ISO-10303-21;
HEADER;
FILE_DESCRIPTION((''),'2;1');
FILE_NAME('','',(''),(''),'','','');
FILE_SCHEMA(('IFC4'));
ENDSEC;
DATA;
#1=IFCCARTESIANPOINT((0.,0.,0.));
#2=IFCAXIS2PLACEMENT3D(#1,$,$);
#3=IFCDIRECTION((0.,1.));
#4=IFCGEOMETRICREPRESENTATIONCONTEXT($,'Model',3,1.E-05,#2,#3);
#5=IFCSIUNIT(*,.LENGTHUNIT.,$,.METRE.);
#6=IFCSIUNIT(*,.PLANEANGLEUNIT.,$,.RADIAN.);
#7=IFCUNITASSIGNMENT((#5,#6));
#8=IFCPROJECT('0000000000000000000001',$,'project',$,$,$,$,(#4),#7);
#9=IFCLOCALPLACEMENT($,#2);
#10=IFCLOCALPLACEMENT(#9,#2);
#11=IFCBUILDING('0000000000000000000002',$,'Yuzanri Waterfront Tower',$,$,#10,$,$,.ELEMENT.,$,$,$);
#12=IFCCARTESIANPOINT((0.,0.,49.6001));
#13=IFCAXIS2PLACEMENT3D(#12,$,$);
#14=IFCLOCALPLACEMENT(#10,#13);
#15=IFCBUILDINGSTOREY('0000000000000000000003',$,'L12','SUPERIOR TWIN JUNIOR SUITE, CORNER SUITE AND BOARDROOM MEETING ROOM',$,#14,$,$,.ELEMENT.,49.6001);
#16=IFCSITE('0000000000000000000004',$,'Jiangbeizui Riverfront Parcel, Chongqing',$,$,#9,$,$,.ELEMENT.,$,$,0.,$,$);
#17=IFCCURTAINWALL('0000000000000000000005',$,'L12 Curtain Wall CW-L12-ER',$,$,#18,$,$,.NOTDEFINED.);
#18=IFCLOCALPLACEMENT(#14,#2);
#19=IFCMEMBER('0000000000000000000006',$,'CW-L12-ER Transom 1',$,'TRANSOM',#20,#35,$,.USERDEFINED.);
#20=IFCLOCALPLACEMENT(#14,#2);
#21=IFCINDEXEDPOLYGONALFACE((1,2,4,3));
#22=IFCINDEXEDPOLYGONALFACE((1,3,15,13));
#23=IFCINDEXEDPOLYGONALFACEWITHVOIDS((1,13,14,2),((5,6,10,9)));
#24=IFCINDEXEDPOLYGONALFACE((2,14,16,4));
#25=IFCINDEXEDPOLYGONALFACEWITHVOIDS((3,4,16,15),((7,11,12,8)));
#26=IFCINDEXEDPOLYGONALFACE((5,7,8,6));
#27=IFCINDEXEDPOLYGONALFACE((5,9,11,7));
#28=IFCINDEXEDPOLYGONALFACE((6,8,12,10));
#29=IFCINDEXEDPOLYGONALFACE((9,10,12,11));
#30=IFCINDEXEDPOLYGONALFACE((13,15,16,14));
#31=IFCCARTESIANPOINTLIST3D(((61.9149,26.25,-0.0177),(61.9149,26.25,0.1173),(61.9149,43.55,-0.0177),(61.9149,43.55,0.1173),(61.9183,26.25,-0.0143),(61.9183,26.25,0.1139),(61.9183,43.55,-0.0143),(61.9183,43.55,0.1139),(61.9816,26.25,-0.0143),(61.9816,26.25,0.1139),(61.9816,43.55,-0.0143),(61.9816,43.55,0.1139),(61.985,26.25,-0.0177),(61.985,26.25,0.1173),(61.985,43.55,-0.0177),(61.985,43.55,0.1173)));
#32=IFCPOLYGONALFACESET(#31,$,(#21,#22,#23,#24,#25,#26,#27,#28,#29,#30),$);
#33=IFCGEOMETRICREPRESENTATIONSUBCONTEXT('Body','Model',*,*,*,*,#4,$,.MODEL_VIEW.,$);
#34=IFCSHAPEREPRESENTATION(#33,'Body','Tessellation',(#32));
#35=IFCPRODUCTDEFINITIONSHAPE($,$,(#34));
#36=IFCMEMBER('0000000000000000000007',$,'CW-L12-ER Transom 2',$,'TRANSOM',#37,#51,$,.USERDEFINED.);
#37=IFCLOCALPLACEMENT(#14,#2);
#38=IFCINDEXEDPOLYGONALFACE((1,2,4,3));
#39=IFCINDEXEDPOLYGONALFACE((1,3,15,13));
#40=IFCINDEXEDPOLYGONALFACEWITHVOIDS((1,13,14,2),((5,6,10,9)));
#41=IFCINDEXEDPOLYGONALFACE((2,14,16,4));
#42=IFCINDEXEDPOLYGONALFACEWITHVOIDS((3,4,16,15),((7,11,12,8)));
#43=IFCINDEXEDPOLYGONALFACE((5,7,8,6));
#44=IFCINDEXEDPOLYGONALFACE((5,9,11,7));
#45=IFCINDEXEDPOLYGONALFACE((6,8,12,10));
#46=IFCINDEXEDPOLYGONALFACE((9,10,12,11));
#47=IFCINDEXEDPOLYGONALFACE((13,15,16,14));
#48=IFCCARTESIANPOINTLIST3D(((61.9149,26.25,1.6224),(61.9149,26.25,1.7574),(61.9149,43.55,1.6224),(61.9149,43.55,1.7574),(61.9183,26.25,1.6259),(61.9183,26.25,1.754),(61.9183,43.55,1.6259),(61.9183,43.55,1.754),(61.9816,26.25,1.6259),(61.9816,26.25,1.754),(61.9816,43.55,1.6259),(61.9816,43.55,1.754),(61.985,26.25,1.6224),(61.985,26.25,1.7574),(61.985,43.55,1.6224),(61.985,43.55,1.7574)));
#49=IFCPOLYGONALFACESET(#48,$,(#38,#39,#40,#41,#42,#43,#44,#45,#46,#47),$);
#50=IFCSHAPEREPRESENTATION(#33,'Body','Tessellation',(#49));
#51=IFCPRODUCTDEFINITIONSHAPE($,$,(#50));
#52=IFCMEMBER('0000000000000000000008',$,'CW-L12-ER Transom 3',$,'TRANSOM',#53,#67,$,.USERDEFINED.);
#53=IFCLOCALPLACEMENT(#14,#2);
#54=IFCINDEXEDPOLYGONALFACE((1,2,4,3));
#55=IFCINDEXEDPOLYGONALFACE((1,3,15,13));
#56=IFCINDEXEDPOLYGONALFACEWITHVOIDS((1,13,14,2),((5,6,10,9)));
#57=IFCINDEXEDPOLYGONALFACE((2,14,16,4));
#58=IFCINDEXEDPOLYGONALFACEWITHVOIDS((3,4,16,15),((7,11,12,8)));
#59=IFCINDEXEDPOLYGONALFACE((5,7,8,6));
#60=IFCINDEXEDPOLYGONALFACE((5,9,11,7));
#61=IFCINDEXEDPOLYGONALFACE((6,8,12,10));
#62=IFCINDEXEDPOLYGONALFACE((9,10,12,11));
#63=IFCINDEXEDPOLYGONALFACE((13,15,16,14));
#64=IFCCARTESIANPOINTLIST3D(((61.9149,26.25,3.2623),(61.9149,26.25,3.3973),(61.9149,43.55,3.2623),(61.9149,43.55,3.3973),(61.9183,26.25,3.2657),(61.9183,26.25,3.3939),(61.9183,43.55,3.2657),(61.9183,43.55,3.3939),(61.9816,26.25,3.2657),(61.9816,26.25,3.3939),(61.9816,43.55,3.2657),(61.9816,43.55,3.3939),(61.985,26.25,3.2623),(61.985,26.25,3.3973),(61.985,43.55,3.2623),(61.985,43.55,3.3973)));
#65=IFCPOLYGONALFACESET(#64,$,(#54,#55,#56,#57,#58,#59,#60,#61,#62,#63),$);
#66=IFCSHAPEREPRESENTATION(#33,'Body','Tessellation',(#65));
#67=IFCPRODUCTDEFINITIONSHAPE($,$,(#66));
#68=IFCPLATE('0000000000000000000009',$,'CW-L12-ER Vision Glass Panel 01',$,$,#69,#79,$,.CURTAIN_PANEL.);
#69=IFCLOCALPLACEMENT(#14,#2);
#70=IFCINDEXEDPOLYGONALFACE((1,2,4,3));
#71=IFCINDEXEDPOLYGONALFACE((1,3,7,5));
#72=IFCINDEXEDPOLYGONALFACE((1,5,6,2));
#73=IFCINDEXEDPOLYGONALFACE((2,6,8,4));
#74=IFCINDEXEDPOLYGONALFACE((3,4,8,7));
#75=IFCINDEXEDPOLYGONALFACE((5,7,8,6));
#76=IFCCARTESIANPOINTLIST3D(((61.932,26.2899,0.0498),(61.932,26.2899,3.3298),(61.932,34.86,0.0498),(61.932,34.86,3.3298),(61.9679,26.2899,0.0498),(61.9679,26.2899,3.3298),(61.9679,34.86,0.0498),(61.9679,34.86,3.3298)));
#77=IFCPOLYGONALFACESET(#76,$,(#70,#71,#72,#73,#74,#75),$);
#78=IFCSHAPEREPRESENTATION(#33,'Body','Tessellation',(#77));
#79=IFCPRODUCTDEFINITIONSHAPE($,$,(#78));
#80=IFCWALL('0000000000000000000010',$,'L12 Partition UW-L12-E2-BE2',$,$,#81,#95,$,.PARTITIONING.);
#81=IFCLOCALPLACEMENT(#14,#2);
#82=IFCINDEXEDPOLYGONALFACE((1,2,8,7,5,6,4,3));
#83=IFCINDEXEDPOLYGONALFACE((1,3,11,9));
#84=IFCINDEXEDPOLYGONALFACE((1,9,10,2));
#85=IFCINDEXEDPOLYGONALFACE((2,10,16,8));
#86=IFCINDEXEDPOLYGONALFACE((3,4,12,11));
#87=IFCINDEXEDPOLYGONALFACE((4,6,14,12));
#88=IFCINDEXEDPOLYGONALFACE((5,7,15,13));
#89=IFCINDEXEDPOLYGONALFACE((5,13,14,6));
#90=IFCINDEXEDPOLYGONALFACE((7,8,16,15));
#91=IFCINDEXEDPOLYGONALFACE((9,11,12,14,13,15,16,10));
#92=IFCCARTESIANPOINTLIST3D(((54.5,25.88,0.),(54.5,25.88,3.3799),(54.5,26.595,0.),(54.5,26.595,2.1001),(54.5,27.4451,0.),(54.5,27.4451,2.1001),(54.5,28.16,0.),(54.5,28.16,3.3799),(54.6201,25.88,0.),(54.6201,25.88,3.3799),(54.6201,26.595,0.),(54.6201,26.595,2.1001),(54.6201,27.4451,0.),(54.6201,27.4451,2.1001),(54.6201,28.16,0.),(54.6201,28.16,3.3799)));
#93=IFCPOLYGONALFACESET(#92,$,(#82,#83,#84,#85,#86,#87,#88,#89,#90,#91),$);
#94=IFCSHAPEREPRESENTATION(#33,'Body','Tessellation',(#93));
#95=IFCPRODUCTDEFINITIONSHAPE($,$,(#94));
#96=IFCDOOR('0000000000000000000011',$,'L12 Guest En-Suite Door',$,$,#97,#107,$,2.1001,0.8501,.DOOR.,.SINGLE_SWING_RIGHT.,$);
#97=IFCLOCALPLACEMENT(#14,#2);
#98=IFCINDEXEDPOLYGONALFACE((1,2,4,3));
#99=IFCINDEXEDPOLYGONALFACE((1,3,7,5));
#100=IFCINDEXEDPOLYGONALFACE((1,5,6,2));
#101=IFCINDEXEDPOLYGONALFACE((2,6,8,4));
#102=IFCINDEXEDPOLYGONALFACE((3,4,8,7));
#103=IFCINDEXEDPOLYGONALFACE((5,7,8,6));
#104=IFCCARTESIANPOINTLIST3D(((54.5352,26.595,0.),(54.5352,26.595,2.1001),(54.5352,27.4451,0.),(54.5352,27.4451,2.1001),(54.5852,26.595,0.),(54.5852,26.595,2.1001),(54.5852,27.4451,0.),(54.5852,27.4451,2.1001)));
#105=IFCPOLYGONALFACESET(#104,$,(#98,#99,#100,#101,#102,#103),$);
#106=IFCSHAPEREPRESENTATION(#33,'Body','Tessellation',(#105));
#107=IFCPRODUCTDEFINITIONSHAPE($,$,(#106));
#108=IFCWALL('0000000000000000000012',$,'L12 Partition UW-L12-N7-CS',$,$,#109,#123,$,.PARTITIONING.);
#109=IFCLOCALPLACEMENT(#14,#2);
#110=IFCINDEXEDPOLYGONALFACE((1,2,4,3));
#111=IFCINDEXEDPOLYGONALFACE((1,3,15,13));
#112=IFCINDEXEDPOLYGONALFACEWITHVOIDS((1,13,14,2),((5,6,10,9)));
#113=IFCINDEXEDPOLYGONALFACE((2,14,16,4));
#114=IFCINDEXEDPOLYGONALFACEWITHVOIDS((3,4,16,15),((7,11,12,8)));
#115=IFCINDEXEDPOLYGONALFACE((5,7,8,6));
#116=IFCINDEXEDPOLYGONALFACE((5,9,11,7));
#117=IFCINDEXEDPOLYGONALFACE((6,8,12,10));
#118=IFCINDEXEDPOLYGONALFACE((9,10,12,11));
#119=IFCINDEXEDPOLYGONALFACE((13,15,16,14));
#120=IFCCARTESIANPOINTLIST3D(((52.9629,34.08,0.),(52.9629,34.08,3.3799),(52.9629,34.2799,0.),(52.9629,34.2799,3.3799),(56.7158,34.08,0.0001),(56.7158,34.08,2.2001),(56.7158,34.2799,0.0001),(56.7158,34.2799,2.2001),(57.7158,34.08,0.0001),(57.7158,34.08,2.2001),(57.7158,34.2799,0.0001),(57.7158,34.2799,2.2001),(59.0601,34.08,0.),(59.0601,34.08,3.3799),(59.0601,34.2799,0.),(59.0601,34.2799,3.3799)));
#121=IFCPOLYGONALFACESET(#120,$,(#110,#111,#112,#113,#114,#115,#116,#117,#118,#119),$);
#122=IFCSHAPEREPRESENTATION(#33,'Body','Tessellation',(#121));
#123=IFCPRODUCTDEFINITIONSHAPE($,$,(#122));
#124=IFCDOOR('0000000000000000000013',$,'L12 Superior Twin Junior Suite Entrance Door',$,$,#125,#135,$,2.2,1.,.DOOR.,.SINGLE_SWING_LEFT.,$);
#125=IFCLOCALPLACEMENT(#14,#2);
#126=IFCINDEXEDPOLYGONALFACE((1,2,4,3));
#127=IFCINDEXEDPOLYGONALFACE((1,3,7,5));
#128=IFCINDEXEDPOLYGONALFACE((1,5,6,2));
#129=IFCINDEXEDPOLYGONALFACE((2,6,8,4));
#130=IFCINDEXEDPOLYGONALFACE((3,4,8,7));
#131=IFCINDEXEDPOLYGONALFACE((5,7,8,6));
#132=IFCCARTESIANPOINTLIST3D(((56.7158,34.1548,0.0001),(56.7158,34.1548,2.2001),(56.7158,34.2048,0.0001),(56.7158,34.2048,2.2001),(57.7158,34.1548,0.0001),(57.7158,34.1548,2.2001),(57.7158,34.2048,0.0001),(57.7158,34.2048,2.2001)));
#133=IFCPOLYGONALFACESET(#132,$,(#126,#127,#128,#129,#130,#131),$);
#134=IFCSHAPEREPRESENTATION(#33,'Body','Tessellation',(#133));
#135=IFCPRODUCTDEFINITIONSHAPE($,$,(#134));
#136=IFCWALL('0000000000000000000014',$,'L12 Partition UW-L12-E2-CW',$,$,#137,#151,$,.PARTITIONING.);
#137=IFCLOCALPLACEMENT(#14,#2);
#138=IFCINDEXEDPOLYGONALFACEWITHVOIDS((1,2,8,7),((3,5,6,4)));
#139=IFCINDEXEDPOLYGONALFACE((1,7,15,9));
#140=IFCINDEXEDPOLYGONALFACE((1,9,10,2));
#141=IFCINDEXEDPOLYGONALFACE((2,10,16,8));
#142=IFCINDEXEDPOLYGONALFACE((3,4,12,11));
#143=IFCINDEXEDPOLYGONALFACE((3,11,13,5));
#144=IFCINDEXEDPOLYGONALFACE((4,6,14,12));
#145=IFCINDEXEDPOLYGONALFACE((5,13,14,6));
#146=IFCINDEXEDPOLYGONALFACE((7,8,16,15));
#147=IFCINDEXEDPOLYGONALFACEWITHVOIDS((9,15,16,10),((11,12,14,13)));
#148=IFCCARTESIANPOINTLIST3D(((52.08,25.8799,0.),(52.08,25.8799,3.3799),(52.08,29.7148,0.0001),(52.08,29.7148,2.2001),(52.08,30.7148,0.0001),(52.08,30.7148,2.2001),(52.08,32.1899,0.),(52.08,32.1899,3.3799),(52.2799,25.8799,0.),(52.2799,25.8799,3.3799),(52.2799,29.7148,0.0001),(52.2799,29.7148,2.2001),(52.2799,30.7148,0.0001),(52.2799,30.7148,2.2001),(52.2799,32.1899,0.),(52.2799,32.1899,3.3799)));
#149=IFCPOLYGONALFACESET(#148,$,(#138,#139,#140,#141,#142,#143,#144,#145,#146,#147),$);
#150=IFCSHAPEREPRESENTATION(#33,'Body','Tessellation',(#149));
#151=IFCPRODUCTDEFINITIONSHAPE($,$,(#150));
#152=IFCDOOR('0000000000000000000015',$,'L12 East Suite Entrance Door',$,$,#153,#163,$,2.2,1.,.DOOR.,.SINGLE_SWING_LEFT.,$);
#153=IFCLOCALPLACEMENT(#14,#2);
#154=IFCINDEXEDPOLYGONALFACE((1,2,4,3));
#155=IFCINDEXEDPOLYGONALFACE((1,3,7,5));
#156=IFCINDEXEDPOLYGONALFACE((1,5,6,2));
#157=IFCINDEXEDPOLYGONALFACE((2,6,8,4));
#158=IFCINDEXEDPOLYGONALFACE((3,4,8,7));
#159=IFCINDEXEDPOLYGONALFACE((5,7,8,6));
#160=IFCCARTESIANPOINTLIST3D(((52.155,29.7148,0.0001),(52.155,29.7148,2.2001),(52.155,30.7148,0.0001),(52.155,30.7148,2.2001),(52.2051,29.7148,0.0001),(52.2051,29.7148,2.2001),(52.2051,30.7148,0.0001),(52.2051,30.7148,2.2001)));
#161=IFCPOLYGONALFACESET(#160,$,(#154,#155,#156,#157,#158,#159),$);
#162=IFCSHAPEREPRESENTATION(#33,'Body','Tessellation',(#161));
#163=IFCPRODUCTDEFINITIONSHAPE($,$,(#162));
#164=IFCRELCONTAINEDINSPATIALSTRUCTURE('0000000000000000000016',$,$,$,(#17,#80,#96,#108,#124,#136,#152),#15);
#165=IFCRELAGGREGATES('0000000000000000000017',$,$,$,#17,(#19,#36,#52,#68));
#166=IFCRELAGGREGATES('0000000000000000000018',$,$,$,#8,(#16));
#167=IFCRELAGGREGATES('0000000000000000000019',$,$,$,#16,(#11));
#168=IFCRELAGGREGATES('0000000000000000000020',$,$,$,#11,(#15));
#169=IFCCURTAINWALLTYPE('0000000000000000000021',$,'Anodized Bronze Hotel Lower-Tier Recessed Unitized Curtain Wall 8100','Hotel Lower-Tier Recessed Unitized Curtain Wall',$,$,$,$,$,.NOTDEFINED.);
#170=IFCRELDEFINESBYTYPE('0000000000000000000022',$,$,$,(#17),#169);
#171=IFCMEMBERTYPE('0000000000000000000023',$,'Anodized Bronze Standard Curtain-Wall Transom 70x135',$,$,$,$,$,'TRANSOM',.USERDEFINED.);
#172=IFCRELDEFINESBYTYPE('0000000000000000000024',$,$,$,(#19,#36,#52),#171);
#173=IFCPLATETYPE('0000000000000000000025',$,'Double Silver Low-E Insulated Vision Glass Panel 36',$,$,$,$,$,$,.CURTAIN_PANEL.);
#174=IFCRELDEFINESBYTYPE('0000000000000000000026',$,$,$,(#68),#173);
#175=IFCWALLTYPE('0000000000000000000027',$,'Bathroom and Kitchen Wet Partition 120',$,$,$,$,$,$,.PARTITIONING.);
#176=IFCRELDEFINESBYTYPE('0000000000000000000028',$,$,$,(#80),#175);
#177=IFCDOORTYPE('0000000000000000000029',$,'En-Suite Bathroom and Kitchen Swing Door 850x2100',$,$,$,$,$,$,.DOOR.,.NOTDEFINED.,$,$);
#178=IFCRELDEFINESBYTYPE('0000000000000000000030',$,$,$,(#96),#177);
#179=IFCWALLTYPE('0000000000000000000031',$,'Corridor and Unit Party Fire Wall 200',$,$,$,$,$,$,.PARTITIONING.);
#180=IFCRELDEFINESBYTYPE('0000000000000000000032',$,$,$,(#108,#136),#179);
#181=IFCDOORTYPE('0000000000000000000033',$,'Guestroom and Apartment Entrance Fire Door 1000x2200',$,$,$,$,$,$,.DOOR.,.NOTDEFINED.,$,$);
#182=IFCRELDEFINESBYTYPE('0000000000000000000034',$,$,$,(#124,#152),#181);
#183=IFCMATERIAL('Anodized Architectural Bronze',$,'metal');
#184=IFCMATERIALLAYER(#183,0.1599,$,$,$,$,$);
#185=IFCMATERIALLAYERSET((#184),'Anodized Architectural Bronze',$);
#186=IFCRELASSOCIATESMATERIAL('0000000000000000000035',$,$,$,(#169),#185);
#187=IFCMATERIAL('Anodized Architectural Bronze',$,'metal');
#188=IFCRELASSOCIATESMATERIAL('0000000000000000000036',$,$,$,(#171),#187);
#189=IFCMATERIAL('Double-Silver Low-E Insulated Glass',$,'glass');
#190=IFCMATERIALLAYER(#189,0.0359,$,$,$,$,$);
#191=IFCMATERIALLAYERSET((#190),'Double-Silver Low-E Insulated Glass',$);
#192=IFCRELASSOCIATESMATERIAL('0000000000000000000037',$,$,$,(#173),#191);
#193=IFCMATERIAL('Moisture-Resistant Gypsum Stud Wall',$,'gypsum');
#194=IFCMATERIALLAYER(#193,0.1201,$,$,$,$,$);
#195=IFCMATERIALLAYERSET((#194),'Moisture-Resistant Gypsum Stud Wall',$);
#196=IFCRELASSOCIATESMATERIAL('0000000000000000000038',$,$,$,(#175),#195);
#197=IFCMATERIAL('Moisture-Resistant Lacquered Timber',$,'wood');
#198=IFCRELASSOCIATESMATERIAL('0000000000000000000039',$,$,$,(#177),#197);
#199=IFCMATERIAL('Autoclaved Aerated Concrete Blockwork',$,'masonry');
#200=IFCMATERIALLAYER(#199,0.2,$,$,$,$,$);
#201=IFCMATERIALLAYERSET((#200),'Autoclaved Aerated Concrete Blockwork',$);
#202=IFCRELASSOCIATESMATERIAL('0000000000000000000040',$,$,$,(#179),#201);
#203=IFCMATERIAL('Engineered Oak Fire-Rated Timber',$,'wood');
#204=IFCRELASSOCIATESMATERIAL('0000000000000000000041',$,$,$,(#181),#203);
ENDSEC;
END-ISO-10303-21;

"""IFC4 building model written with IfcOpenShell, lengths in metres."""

from ifc_helpers import new_model, si_unit, direction, frame, frame_2d, origin, origin_2d, place, context, subcontext, project, spatial, rectangle, hollow_rectangle, extrude, source, transform, mapped, material, layer, layer_set, material_profile, profile_set, type_object, element, fill, aggregate, save


model = new_model("IFC4")

# Units and contexts
model_context = context("Model", 3, precision=1e-05, world=origin(), true_north=direction((0.0, 1.0)))
body_context = subcontext(model_context, "Body", "Model", "MODEL_VIEW")
ifc_project = project(units=[si_unit("LENGTHUNIT", "METRE"), si_unit("PLANEANGLEUNIT", "RADIAN")], contexts=[model_context])

# Site, building, storey
site_placement = place(None, origin())
site = spatial("IfcSite", under=ifc_project, at=site_placement, Name="Jiangbeizui Riverfront Parcel, Chongqing", CompositionType="ELEMENT", RefElevation=0.0)
building_placement = place(site_placement, origin())
building = spatial("IfcBuilding", under=site, at=building_placement, Name="Yuzanri Waterfront Tower", CompositionType="ELEMENT")
storey_placement = place(building_placement, frame((0.0, 0.0, 49.6001)))
storey = spatial("IfcBuildingStorey", under=building, at=storey_placement, Name="L12", Description="SUPERIOR TWIN JUNIOR SUITE, CORNER SUITE AND BOARDROOM MEETING ROOM", CompositionType="ELEMENT", Elevation=49.6001)

# Curtain wall, members, plate
ifc_material_1 = material(Name="Anodized Architectural Bronze", Category="metal")
ifc_layer_1 = layer(ifc_material_1, 0.1599)
ifc_layer_set_1 = layer_set([ifc_layer_1], Name="Anodized Architectural Bronze")
curtain_wall_type = type_object("IfcCurtainWallType", Name="Anodized Bronze Hotel Lower-Tier Recessed Unitized Curtain Wall 8100", Description="Hotel Lower-Tier Recessed Unitized Curtain Wall", PredefinedType="NOTDEFINED", material=ifc_layer_set_1)
curtain_wall_placement = place(storey_placement, origin())
curtain_wall = element("IfcCurtainWall", 1, at=curtain_wall_placement, inside=storey, type_object=curtain_wall_type, Name="L12 Curtain Wall CW-L12-ER", PredefinedType="NOTDEFINED")
ifc_material_2 = material(Name="Anodized Architectural Bronze", Category="metal")
ifc_material_profile_1 = material_profile(ifc_material_2, hollow_rectangle(XDim=0.0701, YDim=0.135, WallThickness=0.0034, at=origin_2d()), Name="CWT 70x135")
ifc_profile_set_1 = profile_set([ifc_material_profile_1], Name="Anodized Architectural Bronze")
member_type_1 = type_object("IfcMemberType", Name="Anodized Bronze Standard Curtain-Wall Transom 70x135", ElementType="TRANSOM", PredefinedType="USERDEFINED", material=ifc_profile_set_1)
shared_shape_1 = source(origin(), body_context, "Body", "SweptSolid", [
    extrude(hollow_rectangle(XDim=0.0701, YDim=0.135, WallThickness=0.0034, at=origin_2d()), origin(), (0.0, 0.0, 1.0), 17.3),
])
member_1_placement = place(storey_placement, frame((61.95, 26.25, 0.0498), z_axis=(0.0, 1.0, 0.0), x_axis=(-1.0, 0.0, 0.0)))
member_1 = element("IfcMember", 2, at=member_1_placement, type_object=member_type_1, Name="CW-L12-ER Transom 1", ObjectType="TRANSOM", PredefinedType="USERDEFINED", context=body_context, shape_type="MappedRepresentation", body=[
    mapped(shared_shape_1, transform((0.0, 0.0, 0.0), scale=1.0)),
])
member_2_placement = place(storey_placement, frame((61.95, 26.25, 1.6899), z_axis=(0.0, 1.0, 0.0), x_axis=(-1.0, 0.0, 0.0)))
member_2 = element("IfcMember", 3, at=member_2_placement, type_object=member_type_1, Name="CW-L12-ER Transom 2", ObjectType="TRANSOM", PredefinedType="USERDEFINED", context=body_context, shape_type="MappedRepresentation", body=[
    mapped(shared_shape_1, transform((0.0, 0.0, 0.0), scale=1.0)),
])
member_3_placement = place(storey_placement, frame((61.95, 26.25, 3.3298), z_axis=(0.0, 1.0, 0.0), x_axis=(-1.0, 0.0, 0.0)))
member_3 = element("IfcMember", 4, at=member_3_placement, type_object=member_type_1, Name="CW-L12-ER Transom 3", ObjectType="TRANSOM", PredefinedType="USERDEFINED", context=body_context, shape_type="MappedRepresentation", body=[
    mapped(shared_shape_1, transform((0.0, 0.0, 0.0), scale=1.0)),
])
ifc_material_3 = material(Name="Double-Silver Low-E Insulated Glass", Category="glass")
ifc_layer_2 = layer(ifc_material_3, 0.0359)
ifc_layer_set_2 = layer_set([ifc_layer_2], Name="Double-Silver Low-E Insulated Glass")
plate_type = type_object("IfcPlateType", Name="Double Silver Low-E Insulated Vision Glass Panel 36", PredefinedType="CURTAIN_PANEL", material=ifc_layer_set_2)
shared_shape_2 = source(origin(), body_context, "Body", "SweptSolid", [
    extrude(rectangle(XDim=8.5701, YDim=0.0359, at=origin_2d()), origin(), (0.0, 0.0, 1.0), 3.28),
])
plate_placement = place(storey_placement, frame((61.95, 30.575, 0.0498), z_axis=(0.0, 0.0, 1.0), x_axis=(0.0, 1.0, 0.0)))
plate = element("IfcPlate", 5, at=plate_placement, type_object=plate_type, Name="CW-L12-ER Vision Glass Panel 01", PredefinedType="CURTAIN_PANEL", context=body_context, shape_type="MappedRepresentation", body=[
    mapped(shared_shape_2, transform((0.0, 0.0, 0.0), scale=1.0)),
])
aggregate(curtain_wall, [member_1, member_2, member_3, plate])

# Walls, openings, doors
ifc_material_4 = material(Name="Moisture-Resistant Gypsum Stud Wall", Category="gypsum")
ifc_layer_3 = layer(ifc_material_4, 0.1201)
ifc_layer_set_3 = layer_set([ifc_layer_3], Name="Moisture-Resistant Gypsum Stud Wall")
wall_type_1 = type_object("IfcWallType", Name="Bathroom and Kitchen Wet Partition 120", PredefinedType="PARTITIONING", material=ifc_layer_set_3)
wall_1_placement = place(storey_placement, frame((54.5601, 25.8799, 0.0), z_axis=(0.0, 0.0, 1.0), x_axis=(0.0, 1.0, 0.0)))
wall_1 = element("IfcWall", 6, at=wall_1_placement, inside=storey, type_object=wall_type_1, Name="L12 Partition UW-L12-E2-BE2", PredefinedType="PARTITIONING", context=body_context, shape_type="SweptSolid", body=[
    extrude(rectangle(XDim=2.28, YDim=0.1201, at=frame_2d((1.1401, 0.0))), origin(), (0.0, 0.0, 1.0), 3.3799),
])
opening_1_placement = place(wall_1_placement, frame((0.7151, 0.0, 0.0)))
opening_1 = element("IfcOpeningElement", 7, at=opening_1_placement, cuts=wall_1, PredefinedType="OPENING", context=body_context, shape_type="SweptSolid", body=[
    extrude(rectangle(XDim=0.8501, YDim=2.1001, at=frame_2d((0.425, 1.05))), frame((0.0, 0.075, 0.0), z_axis=(0.0, -1.0, 0.0), x_axis=(1.0, 0.0, 0.0)), (0.0, 0.0, 1.0), 0.1499),
])
ifc_material_5 = material(Name="Moisture-Resistant Lacquered Timber", Category="wood")
door_type_1 = type_object("IfcDoorType", Name="En-Suite Bathroom and Kitchen Swing Door 850x2100", OperationType="NOTDEFINED", PredefinedType="DOOR", material=ifc_material_5)
shared_shape_3 = source(origin(), body_context, "Body", "SweptSolid", [
    extrude(rectangle(XDim=0.8501, YDim=2.1001, at=frame_2d((0.425, 1.05))), frame((0.0, 0.0249, 0.0), z_axis=(0.0, -1.0, 0.0), x_axis=(1.0, 0.0, 0.0)), (0.0, 0.0, 1.0), 0.05),
])
door_1_placement = place(opening_1_placement, origin())
door_1 = element("IfcDoor", 8, at=door_1_placement, inside=storey, type_object=door_type_1, Name="L12 Guest En-Suite Door", OperationType="SINGLE_SWING_RIGHT", OverallHeight=2.1001, OverallWidth=0.8501, PredefinedType="DOOR", context=body_context, shape_type="MappedRepresentation", body=[
    mapped(shared_shape_3, transform((0.0, 0.0, 0.0), scale=1.0)),
])
fill(opening_1, door_1)
ifc_material_6 = material(Name="Autoclaved Aerated Concrete Blockwork", Category="masonry")
ifc_layer_4 = layer(ifc_material_6, 0.2)
ifc_layer_set_4 = layer_set([ifc_layer_4], Name="Autoclaved Aerated Concrete Blockwork")
wall_type_2 = type_object("IfcWallType", Name="Corridor and Unit Party Fire Wall 200", PredefinedType="PARTITIONING", material=ifc_layer_set_4)
wall_2_placement = place(storey_placement, frame((52.9629, 34.1799, 0.0), z_axis=(0.0, 0.0, 1.0), x_axis=(1.0, 0.0, 0.0)))
wall_2 = element("IfcWall", 9, at=wall_2_placement, inside=storey, type_object=wall_type_2, Name="L12 Partition UW-L12-N7-CS", PredefinedType="PARTITIONING", context=body_context, shape_type="SweptSolid", body=[
    extrude(rectangle(XDim=6.0972, YDim=0.2, at=frame_2d((3.0486, 0.0))), origin(), (0.0, 0.0, 1.0), 3.3799),
])
opening_2_placement = place(wall_2_placement, frame((3.7529, 0.0, 0.0)))
opening_2 = element("IfcOpeningElement", 10, at=opening_2_placement, cuts=wall_2, PredefinedType="OPENING", context=body_context, shape_type="SweptSolid", body=[
    extrude(rectangle(XDim=1.0, YDim=2.2, at=frame_2d((0.5, 1.1001))), frame((0.0, 0.1147, 0.0), z_axis=(0.0, -1.0, 0.0), x_axis=(1.0, 0.0, 0.0)), (0.0, 0.0, 1.0), 0.2297),
])
ifc_material_7 = material(Name="Engineered Oak Fire-Rated Timber", Category="wood")
door_type_2 = type_object("IfcDoorType", Name="Guestroom and Apartment Entrance Fire Door 1000x2200", OperationType="NOTDEFINED", PredefinedType="DOOR", material=ifc_material_7)
shared_shape_4 = source(origin(), body_context, "Body", "SweptSolid", [
    extrude(rectangle(XDim=1.0, YDim=2.2, at=frame_2d((0.5, 1.1001))), frame((0.0, 0.0249, 0.0), z_axis=(0.0, -1.0, 0.0), x_axis=(1.0, 0.0, 0.0)), (0.0, 0.0, 1.0), 0.05),
])
door_2_placement = place(opening_2_placement, origin())
door_2 = element("IfcDoor", 11, at=door_2_placement, inside=storey, type_object=door_type_2, Name="L12 Superior Twin Junior Suite Entrance Door", OperationType="SINGLE_SWING_LEFT", OverallHeight=2.2, OverallWidth=1.0, PredefinedType="DOOR", context=body_context, shape_type="MappedRepresentation", body=[
    mapped(shared_shape_4, transform((0.0, 0.0, 0.0), scale=1.0)),
])
fill(opening_2, door_2)
wall_3_placement = place(storey_placement, frame((52.1799, 25.8799, 0.0), z_axis=(0.0, 0.0, 1.0), x_axis=(0.0, 1.0, 0.0)))
wall_3 = element("IfcWall", 12, at=wall_3_placement, inside=storey, type_object=wall_type_2, Name="L12 Partition UW-L12-E2-CW", PredefinedType="PARTITIONING", context=body_context, shape_type="SweptSolid", body=[
    extrude(rectangle(XDim=6.3101, YDim=0.2, at=frame_2d((3.155, 0.0))), origin(), (0.0, 0.0, 1.0), 3.3799),
])
opening_3_placement = place(wall_3_placement, frame((3.835, 0.0, 0.0)))
opening_3 = element("IfcOpeningElement", 13, at=opening_3_placement, cuts=wall_3, PredefinedType="OPENING", context=body_context, shape_type="SweptSolid", body=[
    extrude(rectangle(XDim=1.0, YDim=2.2, at=frame_2d((0.5, 1.1001))), frame((0.0, 0.1147, 0.0), z_axis=(0.0, -1.0, 0.0), x_axis=(1.0, 0.0, 0.0)), (0.0, 0.0, 1.0), 0.2297),
])
door_3_placement = place(opening_3_placement, origin())
door_3 = element("IfcDoor", 14, at=door_3_placement, inside=storey, type_object=door_type_2, Name="L12 East Suite Entrance Door", OperationType="SINGLE_SWING_LEFT", OverallHeight=2.2, OverallWidth=1.0, PredefinedType="DOOR", context=body_context, shape_type="MappedRepresentation", body=[
    mapped(shared_shape_4, transform((0.0, 0.0, 0.0), scale=1.0)),
])
fill(opening_3, door_3)

save(model, "model.ifc")
